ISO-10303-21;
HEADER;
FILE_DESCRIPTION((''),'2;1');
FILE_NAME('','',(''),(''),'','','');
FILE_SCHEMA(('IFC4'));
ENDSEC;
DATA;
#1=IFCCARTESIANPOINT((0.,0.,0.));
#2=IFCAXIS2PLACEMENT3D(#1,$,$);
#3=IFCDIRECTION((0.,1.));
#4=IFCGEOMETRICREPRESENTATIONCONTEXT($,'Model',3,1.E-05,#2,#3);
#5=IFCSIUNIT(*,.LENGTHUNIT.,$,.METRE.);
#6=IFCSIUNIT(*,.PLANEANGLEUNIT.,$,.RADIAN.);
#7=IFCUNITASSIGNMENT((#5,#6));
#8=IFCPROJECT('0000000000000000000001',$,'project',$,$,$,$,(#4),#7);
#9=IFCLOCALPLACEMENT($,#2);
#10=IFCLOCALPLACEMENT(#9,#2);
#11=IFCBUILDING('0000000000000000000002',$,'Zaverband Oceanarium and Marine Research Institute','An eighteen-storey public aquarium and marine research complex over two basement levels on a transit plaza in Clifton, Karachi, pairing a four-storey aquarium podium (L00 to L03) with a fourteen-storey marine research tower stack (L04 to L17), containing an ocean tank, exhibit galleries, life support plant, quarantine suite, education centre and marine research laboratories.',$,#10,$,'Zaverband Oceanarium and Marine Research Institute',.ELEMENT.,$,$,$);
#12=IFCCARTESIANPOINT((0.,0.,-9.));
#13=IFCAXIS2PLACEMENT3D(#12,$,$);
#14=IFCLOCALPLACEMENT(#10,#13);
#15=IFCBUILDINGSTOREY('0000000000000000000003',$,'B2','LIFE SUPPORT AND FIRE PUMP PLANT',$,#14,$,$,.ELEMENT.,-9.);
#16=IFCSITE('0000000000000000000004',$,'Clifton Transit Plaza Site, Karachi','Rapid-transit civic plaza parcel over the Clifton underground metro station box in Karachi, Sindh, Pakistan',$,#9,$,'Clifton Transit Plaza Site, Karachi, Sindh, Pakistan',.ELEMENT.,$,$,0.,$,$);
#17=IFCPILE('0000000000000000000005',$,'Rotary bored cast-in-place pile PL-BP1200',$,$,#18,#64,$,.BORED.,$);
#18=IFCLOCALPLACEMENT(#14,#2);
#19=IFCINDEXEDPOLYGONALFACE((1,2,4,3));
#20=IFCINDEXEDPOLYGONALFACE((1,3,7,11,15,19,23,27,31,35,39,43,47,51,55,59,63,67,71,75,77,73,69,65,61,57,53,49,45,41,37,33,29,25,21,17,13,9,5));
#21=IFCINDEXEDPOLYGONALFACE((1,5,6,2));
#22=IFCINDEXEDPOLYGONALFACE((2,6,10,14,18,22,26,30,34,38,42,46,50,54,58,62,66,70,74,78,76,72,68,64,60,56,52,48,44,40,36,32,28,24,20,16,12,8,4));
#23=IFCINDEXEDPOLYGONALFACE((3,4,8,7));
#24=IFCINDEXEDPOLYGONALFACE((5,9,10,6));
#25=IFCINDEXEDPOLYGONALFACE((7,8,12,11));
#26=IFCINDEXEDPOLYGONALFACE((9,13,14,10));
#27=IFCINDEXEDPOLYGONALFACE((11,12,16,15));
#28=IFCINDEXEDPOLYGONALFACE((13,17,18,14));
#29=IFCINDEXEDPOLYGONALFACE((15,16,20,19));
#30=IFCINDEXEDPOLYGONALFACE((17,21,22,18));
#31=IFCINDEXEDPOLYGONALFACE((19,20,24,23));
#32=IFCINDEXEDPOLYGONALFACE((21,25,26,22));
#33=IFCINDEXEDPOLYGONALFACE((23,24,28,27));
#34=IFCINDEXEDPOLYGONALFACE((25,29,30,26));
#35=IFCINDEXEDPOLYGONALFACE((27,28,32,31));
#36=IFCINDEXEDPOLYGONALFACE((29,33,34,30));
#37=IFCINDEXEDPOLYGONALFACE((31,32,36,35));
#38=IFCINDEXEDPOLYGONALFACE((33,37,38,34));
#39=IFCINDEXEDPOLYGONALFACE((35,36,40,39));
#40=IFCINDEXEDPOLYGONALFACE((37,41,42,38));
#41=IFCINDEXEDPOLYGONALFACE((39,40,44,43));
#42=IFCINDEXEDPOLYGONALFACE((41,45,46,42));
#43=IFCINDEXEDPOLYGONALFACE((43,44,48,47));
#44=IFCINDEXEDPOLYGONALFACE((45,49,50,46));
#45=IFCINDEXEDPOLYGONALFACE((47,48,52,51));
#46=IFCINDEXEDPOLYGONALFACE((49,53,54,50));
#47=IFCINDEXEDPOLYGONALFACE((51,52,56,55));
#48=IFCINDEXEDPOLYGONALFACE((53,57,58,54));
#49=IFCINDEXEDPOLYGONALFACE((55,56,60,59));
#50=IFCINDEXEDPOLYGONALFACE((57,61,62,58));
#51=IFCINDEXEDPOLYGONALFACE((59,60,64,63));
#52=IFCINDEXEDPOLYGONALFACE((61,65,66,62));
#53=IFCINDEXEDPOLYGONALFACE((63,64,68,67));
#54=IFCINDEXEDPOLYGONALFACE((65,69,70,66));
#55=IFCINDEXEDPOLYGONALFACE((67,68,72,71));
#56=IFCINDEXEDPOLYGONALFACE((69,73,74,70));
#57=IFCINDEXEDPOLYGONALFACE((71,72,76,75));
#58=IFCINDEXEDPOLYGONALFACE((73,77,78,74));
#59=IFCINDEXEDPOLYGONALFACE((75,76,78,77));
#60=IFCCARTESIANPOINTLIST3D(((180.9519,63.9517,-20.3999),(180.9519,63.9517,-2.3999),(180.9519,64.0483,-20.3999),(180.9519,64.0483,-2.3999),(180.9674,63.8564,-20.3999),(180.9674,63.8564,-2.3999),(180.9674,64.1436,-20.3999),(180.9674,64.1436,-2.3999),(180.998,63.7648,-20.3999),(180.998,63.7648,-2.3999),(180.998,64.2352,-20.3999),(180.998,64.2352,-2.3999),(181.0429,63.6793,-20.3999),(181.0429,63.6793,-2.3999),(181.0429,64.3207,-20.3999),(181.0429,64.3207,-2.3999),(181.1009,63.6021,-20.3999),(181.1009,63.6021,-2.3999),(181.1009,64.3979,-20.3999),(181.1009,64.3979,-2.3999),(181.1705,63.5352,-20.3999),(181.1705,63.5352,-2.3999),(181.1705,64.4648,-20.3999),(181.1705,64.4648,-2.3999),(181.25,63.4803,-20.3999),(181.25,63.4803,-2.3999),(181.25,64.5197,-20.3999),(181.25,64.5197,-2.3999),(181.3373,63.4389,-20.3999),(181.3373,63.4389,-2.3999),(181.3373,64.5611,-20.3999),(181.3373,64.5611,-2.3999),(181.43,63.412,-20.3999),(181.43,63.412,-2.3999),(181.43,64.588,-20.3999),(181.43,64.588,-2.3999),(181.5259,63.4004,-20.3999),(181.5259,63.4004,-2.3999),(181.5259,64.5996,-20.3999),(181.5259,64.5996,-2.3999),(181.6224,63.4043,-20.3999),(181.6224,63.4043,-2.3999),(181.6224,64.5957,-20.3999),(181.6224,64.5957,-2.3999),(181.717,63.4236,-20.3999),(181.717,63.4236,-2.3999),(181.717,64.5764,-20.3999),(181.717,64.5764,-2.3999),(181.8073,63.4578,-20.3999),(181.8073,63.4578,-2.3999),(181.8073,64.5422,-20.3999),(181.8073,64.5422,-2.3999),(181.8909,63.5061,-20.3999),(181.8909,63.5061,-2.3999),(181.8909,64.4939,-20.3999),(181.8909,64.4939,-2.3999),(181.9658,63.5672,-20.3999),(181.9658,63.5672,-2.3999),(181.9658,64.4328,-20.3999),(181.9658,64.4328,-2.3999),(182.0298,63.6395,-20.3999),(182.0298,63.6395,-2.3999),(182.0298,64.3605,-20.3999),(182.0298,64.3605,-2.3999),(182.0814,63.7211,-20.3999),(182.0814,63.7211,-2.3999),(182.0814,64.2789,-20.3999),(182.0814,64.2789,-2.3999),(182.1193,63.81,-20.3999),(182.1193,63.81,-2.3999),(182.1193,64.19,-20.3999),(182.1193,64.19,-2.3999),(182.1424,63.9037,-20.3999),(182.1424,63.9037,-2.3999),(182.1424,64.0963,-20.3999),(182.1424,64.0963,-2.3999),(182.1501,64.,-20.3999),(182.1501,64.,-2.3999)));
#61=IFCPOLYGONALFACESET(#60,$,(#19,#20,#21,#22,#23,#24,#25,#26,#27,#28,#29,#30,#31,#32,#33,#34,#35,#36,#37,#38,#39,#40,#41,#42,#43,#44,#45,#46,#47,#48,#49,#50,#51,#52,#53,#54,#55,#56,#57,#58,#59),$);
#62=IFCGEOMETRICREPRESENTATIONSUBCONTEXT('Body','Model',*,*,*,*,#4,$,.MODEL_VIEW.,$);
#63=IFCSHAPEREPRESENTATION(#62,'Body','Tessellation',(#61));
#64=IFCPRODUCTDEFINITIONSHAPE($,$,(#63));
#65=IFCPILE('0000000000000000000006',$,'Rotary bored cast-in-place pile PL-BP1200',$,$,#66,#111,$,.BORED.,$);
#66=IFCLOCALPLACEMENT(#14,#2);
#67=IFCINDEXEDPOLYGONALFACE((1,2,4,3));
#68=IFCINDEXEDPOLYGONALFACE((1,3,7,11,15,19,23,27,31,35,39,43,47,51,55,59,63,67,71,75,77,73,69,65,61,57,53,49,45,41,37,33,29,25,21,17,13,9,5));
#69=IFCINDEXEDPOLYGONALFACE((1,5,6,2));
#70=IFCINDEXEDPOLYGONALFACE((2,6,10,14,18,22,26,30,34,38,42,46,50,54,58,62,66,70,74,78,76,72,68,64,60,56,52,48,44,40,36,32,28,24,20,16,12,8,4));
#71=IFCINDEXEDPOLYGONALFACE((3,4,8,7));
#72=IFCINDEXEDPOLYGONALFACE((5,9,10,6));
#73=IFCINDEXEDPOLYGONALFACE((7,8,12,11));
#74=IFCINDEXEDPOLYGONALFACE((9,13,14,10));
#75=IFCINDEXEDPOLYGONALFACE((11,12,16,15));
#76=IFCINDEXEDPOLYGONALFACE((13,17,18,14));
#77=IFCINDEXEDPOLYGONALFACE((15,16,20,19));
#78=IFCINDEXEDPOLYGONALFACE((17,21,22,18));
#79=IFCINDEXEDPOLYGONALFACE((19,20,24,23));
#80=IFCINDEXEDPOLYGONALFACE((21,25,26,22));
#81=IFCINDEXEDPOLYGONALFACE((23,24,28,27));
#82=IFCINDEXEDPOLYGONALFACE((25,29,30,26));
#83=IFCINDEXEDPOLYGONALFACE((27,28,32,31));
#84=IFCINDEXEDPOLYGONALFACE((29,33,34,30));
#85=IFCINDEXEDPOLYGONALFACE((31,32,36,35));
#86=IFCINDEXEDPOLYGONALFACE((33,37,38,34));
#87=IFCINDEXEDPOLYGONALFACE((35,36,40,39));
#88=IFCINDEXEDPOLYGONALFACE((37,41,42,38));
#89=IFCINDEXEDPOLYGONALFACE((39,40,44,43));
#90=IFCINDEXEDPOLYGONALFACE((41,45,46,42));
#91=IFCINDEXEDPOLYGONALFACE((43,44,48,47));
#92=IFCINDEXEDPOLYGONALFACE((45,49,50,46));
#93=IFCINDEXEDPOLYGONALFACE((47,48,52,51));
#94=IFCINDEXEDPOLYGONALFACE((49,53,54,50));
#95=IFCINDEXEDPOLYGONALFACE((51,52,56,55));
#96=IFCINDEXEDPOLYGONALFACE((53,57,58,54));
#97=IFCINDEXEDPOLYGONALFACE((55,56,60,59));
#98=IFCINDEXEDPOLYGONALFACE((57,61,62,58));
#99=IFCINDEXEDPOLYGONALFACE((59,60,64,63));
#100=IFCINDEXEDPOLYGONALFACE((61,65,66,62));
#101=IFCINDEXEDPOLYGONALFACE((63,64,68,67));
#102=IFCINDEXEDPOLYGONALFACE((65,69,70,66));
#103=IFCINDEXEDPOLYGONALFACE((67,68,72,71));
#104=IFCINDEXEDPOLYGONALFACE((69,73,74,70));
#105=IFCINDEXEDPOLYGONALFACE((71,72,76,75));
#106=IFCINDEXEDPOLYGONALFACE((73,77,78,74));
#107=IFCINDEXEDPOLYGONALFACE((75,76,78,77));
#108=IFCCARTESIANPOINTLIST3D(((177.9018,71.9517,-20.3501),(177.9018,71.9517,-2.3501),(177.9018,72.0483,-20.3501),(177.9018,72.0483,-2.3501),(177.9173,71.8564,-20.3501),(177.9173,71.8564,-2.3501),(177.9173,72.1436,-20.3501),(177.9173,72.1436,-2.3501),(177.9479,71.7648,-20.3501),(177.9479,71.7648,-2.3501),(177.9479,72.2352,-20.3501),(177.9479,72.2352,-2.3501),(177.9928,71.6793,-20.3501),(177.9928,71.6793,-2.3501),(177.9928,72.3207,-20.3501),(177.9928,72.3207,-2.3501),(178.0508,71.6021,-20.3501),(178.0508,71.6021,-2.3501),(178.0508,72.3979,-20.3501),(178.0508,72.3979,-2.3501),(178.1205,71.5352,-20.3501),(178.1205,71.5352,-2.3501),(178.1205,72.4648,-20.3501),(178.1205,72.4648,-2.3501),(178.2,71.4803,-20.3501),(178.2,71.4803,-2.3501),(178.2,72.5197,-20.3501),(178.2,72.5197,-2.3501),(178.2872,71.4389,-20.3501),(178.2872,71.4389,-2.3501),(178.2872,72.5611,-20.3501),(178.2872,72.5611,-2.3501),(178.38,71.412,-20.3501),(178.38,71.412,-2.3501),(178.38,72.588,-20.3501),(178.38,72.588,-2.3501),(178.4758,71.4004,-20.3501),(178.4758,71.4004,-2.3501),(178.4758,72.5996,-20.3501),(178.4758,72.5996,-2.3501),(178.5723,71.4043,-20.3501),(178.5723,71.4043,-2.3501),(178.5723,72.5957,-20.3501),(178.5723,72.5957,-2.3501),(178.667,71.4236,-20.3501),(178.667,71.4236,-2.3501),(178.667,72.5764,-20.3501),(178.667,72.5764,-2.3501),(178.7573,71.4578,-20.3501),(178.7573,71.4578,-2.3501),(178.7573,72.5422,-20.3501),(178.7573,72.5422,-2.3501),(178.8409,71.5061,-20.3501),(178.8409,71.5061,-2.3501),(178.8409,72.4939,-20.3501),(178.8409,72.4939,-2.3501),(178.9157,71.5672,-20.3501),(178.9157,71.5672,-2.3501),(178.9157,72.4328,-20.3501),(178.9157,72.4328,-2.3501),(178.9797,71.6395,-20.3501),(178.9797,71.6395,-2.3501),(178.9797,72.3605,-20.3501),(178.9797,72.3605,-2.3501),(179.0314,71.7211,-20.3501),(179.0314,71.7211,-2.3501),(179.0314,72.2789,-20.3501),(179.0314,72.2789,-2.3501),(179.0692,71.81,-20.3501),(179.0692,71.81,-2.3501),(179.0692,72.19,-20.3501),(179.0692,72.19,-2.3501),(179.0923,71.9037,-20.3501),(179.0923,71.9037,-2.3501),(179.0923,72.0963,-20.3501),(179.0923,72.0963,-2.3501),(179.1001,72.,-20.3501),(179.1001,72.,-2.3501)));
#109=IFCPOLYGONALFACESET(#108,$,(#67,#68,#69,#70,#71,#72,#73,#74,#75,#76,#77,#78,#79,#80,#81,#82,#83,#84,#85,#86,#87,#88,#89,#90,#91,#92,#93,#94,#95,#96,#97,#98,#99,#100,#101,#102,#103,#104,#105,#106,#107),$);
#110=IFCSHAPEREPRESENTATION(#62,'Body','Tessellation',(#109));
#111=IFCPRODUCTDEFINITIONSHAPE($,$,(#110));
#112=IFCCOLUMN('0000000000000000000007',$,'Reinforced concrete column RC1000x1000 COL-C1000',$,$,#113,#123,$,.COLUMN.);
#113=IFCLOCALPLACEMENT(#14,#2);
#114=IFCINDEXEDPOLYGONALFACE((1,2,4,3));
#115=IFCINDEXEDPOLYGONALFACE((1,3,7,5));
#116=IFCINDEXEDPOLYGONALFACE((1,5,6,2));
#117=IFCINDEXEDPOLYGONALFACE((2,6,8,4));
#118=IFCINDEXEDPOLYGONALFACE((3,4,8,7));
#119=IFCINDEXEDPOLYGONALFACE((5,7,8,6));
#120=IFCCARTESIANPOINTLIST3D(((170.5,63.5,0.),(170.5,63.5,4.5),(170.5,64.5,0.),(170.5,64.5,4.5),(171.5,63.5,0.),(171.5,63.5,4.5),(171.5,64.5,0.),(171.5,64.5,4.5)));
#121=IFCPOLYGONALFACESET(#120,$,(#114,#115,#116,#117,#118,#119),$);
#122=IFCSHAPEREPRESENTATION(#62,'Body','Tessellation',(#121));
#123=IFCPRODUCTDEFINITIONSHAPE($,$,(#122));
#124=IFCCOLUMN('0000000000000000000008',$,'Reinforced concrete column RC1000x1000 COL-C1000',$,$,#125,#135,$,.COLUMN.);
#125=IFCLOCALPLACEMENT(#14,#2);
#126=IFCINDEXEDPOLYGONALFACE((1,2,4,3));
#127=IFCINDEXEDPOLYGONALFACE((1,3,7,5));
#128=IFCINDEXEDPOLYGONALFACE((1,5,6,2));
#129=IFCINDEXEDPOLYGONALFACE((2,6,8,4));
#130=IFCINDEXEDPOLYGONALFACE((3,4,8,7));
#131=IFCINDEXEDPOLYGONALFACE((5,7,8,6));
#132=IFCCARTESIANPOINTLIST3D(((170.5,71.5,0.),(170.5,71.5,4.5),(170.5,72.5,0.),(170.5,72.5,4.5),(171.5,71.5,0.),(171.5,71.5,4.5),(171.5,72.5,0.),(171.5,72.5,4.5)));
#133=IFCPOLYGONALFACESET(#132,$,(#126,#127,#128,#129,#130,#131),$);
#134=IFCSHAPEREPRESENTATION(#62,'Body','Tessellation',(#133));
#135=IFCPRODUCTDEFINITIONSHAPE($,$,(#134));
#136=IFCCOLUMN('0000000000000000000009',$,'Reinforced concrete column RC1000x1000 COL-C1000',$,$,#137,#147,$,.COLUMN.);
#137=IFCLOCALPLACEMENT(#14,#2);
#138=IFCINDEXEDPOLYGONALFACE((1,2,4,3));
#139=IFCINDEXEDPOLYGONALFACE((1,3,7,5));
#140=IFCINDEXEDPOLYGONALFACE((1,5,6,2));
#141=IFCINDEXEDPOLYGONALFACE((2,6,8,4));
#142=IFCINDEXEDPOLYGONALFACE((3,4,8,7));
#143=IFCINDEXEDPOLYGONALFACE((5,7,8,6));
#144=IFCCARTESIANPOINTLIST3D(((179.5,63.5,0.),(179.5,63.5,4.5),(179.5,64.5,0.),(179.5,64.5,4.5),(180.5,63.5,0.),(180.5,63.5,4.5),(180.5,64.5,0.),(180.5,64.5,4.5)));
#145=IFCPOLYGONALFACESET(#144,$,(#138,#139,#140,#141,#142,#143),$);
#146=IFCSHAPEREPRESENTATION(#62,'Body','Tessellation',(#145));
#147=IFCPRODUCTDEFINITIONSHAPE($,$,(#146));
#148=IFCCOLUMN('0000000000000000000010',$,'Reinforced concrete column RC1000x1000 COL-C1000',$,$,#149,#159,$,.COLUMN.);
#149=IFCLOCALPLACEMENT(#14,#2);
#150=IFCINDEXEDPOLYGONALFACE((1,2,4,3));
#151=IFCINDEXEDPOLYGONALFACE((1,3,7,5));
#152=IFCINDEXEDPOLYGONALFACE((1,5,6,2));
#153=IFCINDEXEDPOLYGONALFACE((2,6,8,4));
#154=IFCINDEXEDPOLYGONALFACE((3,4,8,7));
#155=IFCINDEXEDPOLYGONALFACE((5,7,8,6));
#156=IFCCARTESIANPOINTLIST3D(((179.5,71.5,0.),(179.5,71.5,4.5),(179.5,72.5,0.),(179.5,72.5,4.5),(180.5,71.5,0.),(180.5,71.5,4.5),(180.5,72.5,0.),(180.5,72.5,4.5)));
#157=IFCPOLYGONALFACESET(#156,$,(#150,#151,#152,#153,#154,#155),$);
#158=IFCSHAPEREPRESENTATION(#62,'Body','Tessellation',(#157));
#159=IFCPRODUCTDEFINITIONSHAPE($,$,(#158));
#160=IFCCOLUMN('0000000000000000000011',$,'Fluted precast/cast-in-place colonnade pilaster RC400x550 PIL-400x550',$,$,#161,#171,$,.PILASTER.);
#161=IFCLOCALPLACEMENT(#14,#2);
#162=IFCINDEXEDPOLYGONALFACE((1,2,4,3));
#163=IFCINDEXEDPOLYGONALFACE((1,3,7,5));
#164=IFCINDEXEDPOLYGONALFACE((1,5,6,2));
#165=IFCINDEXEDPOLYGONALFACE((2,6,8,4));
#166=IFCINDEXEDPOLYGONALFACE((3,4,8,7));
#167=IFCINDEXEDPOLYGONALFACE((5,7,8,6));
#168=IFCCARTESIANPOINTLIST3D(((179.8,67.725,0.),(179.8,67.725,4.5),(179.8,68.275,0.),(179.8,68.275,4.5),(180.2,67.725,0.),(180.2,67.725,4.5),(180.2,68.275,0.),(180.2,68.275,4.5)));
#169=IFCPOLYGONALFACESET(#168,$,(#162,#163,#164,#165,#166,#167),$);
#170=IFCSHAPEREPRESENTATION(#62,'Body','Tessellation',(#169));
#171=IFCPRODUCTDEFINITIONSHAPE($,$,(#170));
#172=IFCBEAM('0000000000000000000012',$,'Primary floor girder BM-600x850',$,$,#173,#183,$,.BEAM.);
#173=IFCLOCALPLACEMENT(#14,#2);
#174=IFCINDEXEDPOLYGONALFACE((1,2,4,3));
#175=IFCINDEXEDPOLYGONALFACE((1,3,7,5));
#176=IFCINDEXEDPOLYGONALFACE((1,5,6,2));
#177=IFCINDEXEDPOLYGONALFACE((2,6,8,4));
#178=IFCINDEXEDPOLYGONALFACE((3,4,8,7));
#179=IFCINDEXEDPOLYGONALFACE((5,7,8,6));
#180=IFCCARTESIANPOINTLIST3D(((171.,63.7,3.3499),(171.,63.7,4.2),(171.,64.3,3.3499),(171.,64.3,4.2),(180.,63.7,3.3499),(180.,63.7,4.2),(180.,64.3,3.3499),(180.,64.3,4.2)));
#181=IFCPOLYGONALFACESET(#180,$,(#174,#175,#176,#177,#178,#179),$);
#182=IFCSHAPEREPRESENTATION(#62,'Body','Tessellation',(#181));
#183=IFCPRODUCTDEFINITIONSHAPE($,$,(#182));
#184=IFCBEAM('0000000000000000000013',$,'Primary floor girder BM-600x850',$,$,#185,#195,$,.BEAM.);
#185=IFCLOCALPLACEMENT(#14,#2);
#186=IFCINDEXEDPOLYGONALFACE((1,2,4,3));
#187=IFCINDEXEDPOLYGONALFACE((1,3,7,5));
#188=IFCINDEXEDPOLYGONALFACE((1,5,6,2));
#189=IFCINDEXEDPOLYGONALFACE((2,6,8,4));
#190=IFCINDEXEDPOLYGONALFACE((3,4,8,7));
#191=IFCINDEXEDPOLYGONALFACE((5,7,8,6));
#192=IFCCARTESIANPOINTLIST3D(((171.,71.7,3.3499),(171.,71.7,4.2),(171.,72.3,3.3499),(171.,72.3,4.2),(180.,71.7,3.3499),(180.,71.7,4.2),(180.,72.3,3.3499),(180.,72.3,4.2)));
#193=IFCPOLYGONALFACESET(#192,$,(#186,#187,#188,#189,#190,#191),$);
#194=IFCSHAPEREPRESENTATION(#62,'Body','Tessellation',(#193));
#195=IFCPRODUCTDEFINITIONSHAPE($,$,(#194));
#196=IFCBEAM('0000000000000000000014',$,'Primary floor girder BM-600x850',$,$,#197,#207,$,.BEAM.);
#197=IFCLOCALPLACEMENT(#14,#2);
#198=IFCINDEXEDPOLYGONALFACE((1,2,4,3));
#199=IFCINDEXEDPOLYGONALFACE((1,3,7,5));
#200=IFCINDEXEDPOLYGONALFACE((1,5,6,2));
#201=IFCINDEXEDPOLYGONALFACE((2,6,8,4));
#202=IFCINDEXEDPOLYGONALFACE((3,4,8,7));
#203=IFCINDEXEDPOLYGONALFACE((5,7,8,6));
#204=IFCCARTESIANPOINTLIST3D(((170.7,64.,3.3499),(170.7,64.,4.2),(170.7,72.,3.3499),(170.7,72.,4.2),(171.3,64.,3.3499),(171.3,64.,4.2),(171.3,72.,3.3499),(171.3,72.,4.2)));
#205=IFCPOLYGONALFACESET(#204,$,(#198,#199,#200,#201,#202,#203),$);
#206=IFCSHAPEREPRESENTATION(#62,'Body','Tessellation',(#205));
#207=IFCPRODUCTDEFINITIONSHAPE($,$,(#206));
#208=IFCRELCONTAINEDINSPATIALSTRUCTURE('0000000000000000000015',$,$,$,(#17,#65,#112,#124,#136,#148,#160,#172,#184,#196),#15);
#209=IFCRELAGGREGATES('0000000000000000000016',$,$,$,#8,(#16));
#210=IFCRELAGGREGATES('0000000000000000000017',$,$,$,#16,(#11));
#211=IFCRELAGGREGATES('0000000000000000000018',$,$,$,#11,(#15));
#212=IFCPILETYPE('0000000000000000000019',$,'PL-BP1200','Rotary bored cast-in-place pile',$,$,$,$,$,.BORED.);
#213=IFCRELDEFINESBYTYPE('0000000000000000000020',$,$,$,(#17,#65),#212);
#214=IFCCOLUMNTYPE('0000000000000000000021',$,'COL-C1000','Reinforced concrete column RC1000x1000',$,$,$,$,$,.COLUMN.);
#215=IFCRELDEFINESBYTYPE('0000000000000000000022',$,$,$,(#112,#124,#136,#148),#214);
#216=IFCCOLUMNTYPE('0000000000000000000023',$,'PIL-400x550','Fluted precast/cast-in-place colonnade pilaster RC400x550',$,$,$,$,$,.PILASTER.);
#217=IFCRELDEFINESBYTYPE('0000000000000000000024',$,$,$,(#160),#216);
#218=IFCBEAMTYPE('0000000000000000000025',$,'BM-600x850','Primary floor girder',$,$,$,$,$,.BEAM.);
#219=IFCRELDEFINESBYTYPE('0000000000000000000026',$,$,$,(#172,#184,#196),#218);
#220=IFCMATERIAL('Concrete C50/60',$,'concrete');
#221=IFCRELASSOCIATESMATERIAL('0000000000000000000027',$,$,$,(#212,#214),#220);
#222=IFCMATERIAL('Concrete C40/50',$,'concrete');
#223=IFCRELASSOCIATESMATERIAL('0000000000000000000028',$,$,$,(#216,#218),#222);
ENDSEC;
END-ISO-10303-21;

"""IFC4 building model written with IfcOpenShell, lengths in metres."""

from ifc_helpers import new_model, si_unit, direction, frame, origin, origin_2d, place, context, subcontext, project, spatial, rectangle, circle, extrude, material, material_profile, profile_set, type_object, element, save


model = new_model("IFC4")

# Units and contexts
model_context = context("Model", 3, precision=1e-05, world=origin(), true_north=direction((0.0, 1.0)))
body_context = subcontext(model_context, "Body", "Model", "MODEL_VIEW")
ifc_project = project(units=[si_unit("LENGTHUNIT", "METRE"), si_unit("PLANEANGLEUNIT", "RADIAN")], contexts=[model_context])

# Site, building, storey
site_placement = place(None, origin())
site = spatial("IfcSite", under=ifc_project, at=site_placement, Name="Clifton Transit Plaza Site, Karachi", Description="Rapid-transit civic plaza parcel over the Clifton underground metro station box in Karachi, Sindh, Pakistan", LongName="Clifton Transit Plaza Site, Karachi, Sindh, Pakistan", CompositionType="ELEMENT", RefElevation=0.0)
building_placement = place(site_placement, origin())
building = spatial("IfcBuilding", under=site, at=building_placement, Name="Zaverband Oceanarium and Marine Research Institute", Description="An eighteen-storey public aquarium and marine research complex over two basement levels on a transit plaza in Clifton, Karachi, pairing a four-storey aquarium podium (L00 to L03) with a fourteen-storey marine research tower stack (L04 to L17), containing an ocean tank, exhibit galleries, life support plant, quarantine suite, education centre and marine research laboratories.", LongName="Zaverband Oceanarium and Marine Research Institute", CompositionType="ELEMENT")
storey_placement = place(building_placement, frame((0.0, 0.0, -9.0)))
storey = spatial("IfcBuildingStorey", under=building, at=storey_placement, Name="B2", Description="LIFE SUPPORT AND FIRE PUMP PLANT", CompositionType="ELEMENT", Elevation=-9.0)

# Shared definitions
ifc_material_1 = material(Name="Concrete C50/60", Category="concrete")
ifc_material_2 = material(Name="Concrete C40/50", Category="concrete")

# Piles
ifc_material_profile_1 = material_profile(ifc_material_1, circle(Radius=0.6001, at=origin_2d()), Name="BP1200")
ifc_profile_set_1 = profile_set([ifc_material_profile_1], Name="Concrete C50/60")
pile_type = type_object("IfcPileType", Name="PL-BP1200", Description="Rotary bored cast-in-place pile", PredefinedType="BORED", material=ifc_profile_set_1)
for number, where, z_axis, x_axis, name in (
    (1, (181.55, 64.0, -2.3999), (0.0, 0.0, -1.0), (1.0, 0.0, 0.0), "Rotary bored cast-in-place pile PL-BP1200"),
    (2, (178.5, 72.0, -2.3501), (0.0, 0.0, -1.0), (1.0, 0.0, 0.0), "Rotary bored cast-in-place pile PL-BP1200"),
):
    element("IfcPile", number, at=place(storey_placement, frame(where, z_axis=z_axis, x_axis=x_axis)), inside=storey, type_object=pile_type, Name=name, PredefinedType="BORED", context=body_context, shape_type="SweptSolid", body=[
        extrude(circle(Radius=0.6001, at=origin_2d()), origin(), (0.0, 0.0, 1.0), 18.0),
    ])

# Columns
ifc_material_profile_2 = material_profile(ifc_material_1, rectangle(XDim=1.0, YDim=1.0, at=origin_2d()), Name="RC1000x1000")
ifc_profile_set_2 = profile_set([ifc_material_profile_2], Name="Concrete C50/60")
column_type_1 = type_object("IfcColumnType", Name="COL-C1000", Description="Reinforced concrete column RC1000x1000", PredefinedType="COLUMN", material=ifc_profile_set_2)
for number, where, z_axis, x_axis, name in (
    (3, (171.0, 64.0, 0.0), (0.0, 0.0, 1.0), (1.0, 0.0, 0.0), "Reinforced concrete column RC1000x1000 COL-C1000"),
    (4, (171.0, 72.0, 0.0), (0.0, 0.0, 1.0), (1.0, 0.0, 0.0), "Reinforced concrete column RC1000x1000 COL-C1000"),
    (5, (180.0, 64.0, 0.0), (0.0, 0.0, 1.0), (1.0, 0.0, 0.0), "Reinforced concrete column RC1000x1000 COL-C1000"),
    (6, (180.0, 72.0, 0.0), (0.0, 0.0, 1.0), (1.0, 0.0, 0.0), "Reinforced concrete column RC1000x1000 COL-C1000"),
):
    element("IfcColumn", number, at=place(storey_placement, frame(where, z_axis=z_axis, x_axis=x_axis)), inside=storey, type_object=column_type_1, Name=name, PredefinedType="COLUMN", context=body_context, shape_type="SweptSolid", body=[
        extrude(rectangle(XDim=1.0, YDim=1.0, at=origin_2d()), origin(), (0.0, 0.0, 1.0), 4.5),
    ])
ifc_material_profile_3 = material_profile(ifc_material_2, rectangle(XDim=0.3999, YDim=0.55, at=origin_2d()), Name="RC400x550")
ifc_profile_set_3 = profile_set([ifc_material_profile_3], Name="Concrete C40/50")
column_type_2 = type_object("IfcColumnType", Name="PIL-400x550", Description="Fluted precast/cast-in-place colonnade pilaster RC400x550", PredefinedType="PILASTER", material=ifc_profile_set_3)
column_placement = place(storey_placement, frame((180.0, 68.0, 0.0), z_axis=(0.0, 0.0, 1.0), x_axis=(1.0, 0.0, 0.0)))
element("IfcColumn", 7, at=column_placement, inside=storey, type_object=column_type_2, Name="Fluted precast/cast-in-place colonnade pilaster RC400x550 PIL-400x550", PredefinedType="PILASTER", context=body_context, shape_type="SweptSolid", body=[
    extrude(rectangle(XDim=0.3999, YDim=0.55, at=origin_2d()), origin(), (0.0, 0.0, 1.0), 4.5),
])

# Beams
ifc_material_profile_4 = material_profile(ifc_material_2, rectangle(XDim=0.6001, YDim=0.8501, at=origin_2d()), Name="RC600x850")
ifc_profile_set_4 = profile_set([ifc_material_profile_4], Name="Concrete C40/50")
beam_type_1 = type_object("IfcBeamType", Name="BM-600x850", Description="Primary floor girder", PredefinedType="BEAM", material=ifc_profile_set_4)
for number, where, z_axis, x_axis, name in (
    (8, (171.0, 64.0, 3.7749), (1.0, 0.0, 0.0), (0.0, 1.0, 0.0), "Primary floor girder BM-600x850"),
    (9, (171.0, 72.0, 3.7749), (1.0, 0.0, 0.0), (0.0, 1.0, 0.0), "Primary floor girder BM-600x850"),
):
    element("IfcBeam", number, at=place(storey_placement, frame(where, z_axis=z_axis, x_axis=x_axis)), inside=storey, type_object=beam_type_1, Name=name, PredefinedType="BEAM", context=body_context, shape_type="SweptSolid", body=[
        extrude(rectangle(XDim=0.6001, YDim=0.8501, at=origin_2d()), origin(), (0.0, 0.0, 1.0), 9.0),
    ])
for number, where, z_axis, x_axis, name in (
    (10, (171.0, 64.0, 3.7749), (0.0, 1.0, 0.0), (-1.0, 0.0, 0.0), "Primary floor girder BM-600x850"),
):
    element("IfcBeam", number, at=place(storey_placement, frame(where, z_axis=z_axis, x_axis=x_axis)), inside=storey, type_object=beam_type_1, Name=name, PredefinedType="BEAM", context=body_context, shape_type="SweptSolid", body=[
        extrude(rectangle(XDim=0.6001, YDim=0.8501, at=origin_2d()), origin(), (0.0, 0.0, 1.0), 8.0),
    ])

save(model, "model.ifc")
